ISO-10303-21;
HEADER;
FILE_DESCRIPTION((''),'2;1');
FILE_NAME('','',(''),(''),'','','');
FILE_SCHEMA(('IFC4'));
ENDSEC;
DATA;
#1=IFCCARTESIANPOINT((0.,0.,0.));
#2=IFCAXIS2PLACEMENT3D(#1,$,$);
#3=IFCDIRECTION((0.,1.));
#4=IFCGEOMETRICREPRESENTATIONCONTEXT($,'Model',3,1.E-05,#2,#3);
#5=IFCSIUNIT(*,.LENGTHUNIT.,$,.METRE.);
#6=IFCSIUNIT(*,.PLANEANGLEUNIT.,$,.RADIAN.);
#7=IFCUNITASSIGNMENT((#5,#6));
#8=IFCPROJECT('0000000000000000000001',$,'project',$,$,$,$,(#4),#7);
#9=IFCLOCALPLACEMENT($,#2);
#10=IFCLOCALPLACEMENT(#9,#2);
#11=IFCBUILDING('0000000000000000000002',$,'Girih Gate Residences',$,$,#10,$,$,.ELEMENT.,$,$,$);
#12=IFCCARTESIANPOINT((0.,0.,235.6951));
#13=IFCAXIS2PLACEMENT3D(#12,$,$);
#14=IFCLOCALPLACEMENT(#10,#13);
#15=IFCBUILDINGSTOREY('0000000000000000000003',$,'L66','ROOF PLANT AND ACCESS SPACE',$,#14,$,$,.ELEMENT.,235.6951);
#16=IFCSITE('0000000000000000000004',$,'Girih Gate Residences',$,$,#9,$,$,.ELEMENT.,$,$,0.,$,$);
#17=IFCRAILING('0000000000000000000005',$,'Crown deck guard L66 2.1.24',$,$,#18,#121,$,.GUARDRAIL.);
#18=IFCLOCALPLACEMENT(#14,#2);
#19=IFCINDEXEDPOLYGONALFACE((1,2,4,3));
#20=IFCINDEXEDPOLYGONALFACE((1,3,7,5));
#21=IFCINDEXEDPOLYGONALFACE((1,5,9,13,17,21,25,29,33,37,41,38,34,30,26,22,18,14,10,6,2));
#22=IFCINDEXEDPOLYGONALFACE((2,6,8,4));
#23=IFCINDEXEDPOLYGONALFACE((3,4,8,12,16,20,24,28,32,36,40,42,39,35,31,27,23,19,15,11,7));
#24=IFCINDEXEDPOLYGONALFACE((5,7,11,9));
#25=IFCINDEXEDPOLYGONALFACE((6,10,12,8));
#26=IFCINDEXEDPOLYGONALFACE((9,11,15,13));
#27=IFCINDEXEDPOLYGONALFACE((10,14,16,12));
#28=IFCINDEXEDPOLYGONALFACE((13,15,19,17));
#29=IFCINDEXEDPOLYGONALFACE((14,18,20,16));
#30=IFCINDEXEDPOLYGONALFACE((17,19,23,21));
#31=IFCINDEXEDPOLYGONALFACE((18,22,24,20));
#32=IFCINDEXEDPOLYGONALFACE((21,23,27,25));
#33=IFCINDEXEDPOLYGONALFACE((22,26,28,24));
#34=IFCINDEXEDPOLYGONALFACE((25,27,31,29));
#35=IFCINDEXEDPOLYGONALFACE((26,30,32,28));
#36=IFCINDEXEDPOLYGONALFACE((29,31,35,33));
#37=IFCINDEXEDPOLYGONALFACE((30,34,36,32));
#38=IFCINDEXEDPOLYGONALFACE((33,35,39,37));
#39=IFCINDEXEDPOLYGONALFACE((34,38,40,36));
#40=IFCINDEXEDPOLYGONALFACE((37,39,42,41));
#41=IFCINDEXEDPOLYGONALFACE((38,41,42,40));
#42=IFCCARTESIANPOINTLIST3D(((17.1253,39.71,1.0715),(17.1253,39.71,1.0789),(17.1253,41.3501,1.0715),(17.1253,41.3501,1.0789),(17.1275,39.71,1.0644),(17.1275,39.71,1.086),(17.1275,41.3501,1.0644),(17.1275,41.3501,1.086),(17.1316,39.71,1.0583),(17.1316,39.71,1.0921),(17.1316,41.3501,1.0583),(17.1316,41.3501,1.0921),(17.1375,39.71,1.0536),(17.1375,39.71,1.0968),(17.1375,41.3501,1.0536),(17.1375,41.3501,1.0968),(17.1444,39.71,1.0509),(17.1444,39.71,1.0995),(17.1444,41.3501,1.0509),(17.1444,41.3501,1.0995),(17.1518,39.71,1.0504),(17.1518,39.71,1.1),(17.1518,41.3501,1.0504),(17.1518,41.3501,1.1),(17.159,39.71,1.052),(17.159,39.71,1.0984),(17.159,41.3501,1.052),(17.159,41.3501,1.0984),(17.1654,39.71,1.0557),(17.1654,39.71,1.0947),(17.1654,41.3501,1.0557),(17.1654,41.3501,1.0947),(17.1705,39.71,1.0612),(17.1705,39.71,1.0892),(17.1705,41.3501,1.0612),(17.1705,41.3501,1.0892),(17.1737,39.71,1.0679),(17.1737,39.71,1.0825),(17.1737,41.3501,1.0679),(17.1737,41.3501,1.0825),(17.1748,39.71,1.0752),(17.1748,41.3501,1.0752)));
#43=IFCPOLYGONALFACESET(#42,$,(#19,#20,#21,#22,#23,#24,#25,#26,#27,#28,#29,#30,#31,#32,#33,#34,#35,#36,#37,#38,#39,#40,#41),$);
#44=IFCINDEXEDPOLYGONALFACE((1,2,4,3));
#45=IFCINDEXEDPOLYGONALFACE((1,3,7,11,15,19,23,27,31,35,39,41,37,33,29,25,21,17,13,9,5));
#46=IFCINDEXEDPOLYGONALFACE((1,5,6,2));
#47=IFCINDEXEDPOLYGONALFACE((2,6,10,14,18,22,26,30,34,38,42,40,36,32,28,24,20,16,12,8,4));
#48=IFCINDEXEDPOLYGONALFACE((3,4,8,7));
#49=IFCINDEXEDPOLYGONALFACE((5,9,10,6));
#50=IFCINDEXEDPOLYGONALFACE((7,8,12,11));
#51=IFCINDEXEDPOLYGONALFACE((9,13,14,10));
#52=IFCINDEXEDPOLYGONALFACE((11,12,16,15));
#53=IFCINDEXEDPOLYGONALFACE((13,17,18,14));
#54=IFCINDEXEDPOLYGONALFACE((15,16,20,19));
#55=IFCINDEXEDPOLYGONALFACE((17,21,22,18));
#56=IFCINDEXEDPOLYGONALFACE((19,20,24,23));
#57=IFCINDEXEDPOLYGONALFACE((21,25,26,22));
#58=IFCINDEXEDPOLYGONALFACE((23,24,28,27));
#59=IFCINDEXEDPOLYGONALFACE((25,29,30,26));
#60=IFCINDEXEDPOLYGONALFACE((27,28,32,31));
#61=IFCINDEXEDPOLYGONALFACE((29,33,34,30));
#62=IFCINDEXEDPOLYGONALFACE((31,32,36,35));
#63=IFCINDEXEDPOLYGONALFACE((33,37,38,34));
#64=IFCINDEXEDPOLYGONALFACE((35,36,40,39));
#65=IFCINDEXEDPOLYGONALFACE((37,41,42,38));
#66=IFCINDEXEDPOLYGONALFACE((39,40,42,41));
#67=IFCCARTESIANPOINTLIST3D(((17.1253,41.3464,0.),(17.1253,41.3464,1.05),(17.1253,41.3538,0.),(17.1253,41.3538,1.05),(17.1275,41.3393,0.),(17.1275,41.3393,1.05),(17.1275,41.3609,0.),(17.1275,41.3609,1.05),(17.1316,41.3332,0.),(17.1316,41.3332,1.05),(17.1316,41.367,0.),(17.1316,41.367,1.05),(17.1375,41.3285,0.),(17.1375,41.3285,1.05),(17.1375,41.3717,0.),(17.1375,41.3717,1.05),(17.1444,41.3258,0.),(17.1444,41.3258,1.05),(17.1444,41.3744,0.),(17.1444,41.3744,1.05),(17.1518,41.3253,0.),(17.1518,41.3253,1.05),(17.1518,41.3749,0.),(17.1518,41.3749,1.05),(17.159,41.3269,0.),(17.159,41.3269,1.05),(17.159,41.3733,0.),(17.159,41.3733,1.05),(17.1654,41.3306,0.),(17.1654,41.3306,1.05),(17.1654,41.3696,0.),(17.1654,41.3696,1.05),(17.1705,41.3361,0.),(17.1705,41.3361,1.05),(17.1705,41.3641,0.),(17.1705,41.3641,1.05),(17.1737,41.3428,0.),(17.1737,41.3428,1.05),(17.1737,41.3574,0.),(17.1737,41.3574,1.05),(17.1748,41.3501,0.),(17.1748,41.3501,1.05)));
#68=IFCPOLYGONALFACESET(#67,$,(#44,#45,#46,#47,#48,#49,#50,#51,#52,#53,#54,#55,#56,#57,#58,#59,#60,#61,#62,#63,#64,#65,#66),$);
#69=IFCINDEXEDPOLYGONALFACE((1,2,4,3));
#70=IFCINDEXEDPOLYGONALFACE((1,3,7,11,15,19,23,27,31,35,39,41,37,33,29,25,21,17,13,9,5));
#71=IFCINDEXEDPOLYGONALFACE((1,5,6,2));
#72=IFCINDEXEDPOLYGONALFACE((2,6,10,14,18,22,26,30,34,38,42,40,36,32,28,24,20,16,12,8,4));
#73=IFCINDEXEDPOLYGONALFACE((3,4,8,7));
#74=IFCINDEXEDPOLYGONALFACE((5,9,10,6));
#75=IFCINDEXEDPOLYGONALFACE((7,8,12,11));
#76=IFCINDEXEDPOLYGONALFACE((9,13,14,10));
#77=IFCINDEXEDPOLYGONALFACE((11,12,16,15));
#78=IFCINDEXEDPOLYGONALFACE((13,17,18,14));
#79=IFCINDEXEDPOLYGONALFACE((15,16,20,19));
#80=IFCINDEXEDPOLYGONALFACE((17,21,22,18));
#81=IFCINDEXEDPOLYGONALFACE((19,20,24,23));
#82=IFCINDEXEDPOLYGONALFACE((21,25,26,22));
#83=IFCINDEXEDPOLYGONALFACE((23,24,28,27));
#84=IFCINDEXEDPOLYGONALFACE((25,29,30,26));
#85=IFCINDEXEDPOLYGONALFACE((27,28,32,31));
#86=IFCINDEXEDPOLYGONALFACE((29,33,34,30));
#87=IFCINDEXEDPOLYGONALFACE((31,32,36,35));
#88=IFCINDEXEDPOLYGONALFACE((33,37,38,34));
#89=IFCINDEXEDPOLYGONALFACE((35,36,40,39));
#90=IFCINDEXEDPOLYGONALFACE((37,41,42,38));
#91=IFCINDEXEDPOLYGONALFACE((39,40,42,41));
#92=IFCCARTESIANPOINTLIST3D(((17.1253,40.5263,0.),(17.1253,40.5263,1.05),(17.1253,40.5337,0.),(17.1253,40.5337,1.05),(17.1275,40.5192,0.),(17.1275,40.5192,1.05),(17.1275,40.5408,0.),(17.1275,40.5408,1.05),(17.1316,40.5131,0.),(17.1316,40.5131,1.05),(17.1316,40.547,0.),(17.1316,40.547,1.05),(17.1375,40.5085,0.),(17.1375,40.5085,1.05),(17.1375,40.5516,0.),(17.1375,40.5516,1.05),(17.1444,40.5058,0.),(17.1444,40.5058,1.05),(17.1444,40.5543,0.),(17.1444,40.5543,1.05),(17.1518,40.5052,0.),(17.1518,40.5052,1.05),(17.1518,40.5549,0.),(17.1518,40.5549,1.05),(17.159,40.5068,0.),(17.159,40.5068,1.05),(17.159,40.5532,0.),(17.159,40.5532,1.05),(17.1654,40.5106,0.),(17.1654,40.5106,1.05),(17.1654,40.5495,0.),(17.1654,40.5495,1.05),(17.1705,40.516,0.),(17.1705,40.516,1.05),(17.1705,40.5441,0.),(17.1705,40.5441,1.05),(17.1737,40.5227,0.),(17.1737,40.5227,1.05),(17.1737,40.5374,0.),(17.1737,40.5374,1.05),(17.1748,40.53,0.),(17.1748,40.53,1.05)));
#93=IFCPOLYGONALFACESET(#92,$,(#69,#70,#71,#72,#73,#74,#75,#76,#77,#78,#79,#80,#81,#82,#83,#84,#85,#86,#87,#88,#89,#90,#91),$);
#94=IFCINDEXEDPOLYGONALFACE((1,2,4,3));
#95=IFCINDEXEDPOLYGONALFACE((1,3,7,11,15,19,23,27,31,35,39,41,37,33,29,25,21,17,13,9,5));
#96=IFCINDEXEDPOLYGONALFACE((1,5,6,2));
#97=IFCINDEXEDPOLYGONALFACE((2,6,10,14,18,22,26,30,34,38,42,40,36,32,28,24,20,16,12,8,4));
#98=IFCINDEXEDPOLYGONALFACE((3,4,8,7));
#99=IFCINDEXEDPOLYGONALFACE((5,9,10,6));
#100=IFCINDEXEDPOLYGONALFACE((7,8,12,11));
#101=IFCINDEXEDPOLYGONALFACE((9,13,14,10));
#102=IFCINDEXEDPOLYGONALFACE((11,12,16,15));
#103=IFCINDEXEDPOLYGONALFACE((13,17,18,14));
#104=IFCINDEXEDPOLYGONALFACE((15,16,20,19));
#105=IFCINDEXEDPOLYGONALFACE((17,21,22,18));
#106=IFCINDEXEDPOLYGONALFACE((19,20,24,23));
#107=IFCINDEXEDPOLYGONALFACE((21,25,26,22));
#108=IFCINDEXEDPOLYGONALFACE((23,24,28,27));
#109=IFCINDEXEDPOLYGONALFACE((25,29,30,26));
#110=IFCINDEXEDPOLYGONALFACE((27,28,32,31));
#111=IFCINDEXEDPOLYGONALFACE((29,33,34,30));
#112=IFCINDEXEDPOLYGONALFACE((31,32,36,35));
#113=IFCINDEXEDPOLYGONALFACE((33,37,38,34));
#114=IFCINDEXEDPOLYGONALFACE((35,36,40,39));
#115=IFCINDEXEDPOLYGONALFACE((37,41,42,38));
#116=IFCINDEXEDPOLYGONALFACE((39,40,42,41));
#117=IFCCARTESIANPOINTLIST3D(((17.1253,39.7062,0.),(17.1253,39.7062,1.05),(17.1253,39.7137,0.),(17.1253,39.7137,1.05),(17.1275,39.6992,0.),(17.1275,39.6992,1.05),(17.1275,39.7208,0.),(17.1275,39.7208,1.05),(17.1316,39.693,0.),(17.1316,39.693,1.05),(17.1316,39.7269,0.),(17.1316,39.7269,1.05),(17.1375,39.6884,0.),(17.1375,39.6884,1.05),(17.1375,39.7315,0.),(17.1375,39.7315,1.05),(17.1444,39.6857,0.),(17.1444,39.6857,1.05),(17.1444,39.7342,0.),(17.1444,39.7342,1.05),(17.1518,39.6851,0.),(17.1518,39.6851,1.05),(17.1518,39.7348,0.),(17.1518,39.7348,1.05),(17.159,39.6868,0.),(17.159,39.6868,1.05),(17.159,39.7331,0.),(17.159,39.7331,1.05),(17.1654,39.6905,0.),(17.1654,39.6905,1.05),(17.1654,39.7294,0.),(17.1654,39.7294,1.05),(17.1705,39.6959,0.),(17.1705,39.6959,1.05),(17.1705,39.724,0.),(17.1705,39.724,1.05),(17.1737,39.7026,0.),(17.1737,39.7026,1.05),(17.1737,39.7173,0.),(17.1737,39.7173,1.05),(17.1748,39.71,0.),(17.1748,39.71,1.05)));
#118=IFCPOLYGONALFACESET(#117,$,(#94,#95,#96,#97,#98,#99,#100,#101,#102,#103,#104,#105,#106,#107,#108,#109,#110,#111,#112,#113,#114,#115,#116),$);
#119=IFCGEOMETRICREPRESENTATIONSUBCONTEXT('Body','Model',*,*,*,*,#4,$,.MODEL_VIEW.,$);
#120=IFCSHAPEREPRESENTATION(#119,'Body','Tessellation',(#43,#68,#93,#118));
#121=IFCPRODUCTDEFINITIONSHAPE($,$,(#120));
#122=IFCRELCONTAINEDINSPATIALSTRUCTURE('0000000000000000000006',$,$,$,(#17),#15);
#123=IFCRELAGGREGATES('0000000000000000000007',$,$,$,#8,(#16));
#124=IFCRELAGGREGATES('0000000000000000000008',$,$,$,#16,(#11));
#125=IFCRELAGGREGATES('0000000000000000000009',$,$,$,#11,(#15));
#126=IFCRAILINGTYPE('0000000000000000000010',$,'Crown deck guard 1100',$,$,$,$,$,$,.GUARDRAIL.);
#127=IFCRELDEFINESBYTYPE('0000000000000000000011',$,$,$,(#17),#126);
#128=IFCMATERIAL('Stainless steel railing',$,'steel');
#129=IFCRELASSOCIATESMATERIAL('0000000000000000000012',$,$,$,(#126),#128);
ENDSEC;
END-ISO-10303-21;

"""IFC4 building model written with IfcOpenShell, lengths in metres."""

from ifc_helpers import new_model, si_unit, direction, frame, origin, origin_2d, place, context, subcontext, project, spatial, circle, extrude, material, type_object, element, save


model = new_model("IFC4")

# Units and contexts
model_context = context("Model", 3, precision=1e-05, world=origin(), true_north=direction((0.0, 1.0)))
body_context = subcontext(model_context, "Body", "Model", "MODEL_VIEW")
ifc_project = project(units=[si_unit("LENGTHUNIT", "METRE"), si_unit("PLANEANGLEUNIT", "RADIAN")], contexts=[model_context])

# Site, building, storey
site_placement = place(None, origin())
site = spatial("IfcSite", under=ifc_project, at=site_placement, Name="Girih Gate Residences", CompositionType="ELEMENT", RefElevation=0.0)
building_placement = place(site_placement, origin())
building = spatial("IfcBuilding", under=site, at=building_placement, Name="Girih Gate Residences", CompositionType="ELEMENT")
storey_placement = place(building_placement, frame((0.0, 0.0, 235.6951)))
storey = spatial("IfcBuildingStorey", under=building, at=storey_placement, Name="L66", Description="ROOF PLANT AND ACCESS SPACE", CompositionType="ELEMENT", Elevation=235.6951)

# Railing
ifc_material_1 = material(Name="Stainless steel railing", Category="steel")
railing_type = type_object("IfcRailingType", Name="Crown deck guard 1100", PredefinedType="GUARDRAIL", material=ifc_material_1)
railing_1_placement = place(storey_placement, frame((17.1499, 41.3501, 0.0)))
element("IfcRailing", 1, at=railing_1_placement, inside=storey, type_object=railing_type, Name="Crown deck guard L66 2.1.24", PredefinedType="GUARDRAIL", context=body_context, shape_type="SweptSolid", body=[
    extrude(circle(Radius=0.0249, at=origin_2d()), frame((0.0, 0.0, 1.0752), z_axis=(0.0, -1.0, 0.0), x_axis=(1.0, 0.0, 0.0)), (0.0, 0.0, 1.0), 1.6401),
    extrude(circle(Radius=0.0249, at=origin_2d()), origin(), (0.0, 0.0, 1.0), 1.05),
    extrude(circle(Radius=0.0249, at=origin_2d()), frame((0.0, -0.8201, 0.0)), (0.0, 0.0, 1.0), 1.05),
    extrude(circle(Radius=0.0249, at=origin_2d()), frame((0.0, -1.6401, 0.0)), (0.0, 0.0, 1.0), 1.05),
])

save(model, "model.ifc")
